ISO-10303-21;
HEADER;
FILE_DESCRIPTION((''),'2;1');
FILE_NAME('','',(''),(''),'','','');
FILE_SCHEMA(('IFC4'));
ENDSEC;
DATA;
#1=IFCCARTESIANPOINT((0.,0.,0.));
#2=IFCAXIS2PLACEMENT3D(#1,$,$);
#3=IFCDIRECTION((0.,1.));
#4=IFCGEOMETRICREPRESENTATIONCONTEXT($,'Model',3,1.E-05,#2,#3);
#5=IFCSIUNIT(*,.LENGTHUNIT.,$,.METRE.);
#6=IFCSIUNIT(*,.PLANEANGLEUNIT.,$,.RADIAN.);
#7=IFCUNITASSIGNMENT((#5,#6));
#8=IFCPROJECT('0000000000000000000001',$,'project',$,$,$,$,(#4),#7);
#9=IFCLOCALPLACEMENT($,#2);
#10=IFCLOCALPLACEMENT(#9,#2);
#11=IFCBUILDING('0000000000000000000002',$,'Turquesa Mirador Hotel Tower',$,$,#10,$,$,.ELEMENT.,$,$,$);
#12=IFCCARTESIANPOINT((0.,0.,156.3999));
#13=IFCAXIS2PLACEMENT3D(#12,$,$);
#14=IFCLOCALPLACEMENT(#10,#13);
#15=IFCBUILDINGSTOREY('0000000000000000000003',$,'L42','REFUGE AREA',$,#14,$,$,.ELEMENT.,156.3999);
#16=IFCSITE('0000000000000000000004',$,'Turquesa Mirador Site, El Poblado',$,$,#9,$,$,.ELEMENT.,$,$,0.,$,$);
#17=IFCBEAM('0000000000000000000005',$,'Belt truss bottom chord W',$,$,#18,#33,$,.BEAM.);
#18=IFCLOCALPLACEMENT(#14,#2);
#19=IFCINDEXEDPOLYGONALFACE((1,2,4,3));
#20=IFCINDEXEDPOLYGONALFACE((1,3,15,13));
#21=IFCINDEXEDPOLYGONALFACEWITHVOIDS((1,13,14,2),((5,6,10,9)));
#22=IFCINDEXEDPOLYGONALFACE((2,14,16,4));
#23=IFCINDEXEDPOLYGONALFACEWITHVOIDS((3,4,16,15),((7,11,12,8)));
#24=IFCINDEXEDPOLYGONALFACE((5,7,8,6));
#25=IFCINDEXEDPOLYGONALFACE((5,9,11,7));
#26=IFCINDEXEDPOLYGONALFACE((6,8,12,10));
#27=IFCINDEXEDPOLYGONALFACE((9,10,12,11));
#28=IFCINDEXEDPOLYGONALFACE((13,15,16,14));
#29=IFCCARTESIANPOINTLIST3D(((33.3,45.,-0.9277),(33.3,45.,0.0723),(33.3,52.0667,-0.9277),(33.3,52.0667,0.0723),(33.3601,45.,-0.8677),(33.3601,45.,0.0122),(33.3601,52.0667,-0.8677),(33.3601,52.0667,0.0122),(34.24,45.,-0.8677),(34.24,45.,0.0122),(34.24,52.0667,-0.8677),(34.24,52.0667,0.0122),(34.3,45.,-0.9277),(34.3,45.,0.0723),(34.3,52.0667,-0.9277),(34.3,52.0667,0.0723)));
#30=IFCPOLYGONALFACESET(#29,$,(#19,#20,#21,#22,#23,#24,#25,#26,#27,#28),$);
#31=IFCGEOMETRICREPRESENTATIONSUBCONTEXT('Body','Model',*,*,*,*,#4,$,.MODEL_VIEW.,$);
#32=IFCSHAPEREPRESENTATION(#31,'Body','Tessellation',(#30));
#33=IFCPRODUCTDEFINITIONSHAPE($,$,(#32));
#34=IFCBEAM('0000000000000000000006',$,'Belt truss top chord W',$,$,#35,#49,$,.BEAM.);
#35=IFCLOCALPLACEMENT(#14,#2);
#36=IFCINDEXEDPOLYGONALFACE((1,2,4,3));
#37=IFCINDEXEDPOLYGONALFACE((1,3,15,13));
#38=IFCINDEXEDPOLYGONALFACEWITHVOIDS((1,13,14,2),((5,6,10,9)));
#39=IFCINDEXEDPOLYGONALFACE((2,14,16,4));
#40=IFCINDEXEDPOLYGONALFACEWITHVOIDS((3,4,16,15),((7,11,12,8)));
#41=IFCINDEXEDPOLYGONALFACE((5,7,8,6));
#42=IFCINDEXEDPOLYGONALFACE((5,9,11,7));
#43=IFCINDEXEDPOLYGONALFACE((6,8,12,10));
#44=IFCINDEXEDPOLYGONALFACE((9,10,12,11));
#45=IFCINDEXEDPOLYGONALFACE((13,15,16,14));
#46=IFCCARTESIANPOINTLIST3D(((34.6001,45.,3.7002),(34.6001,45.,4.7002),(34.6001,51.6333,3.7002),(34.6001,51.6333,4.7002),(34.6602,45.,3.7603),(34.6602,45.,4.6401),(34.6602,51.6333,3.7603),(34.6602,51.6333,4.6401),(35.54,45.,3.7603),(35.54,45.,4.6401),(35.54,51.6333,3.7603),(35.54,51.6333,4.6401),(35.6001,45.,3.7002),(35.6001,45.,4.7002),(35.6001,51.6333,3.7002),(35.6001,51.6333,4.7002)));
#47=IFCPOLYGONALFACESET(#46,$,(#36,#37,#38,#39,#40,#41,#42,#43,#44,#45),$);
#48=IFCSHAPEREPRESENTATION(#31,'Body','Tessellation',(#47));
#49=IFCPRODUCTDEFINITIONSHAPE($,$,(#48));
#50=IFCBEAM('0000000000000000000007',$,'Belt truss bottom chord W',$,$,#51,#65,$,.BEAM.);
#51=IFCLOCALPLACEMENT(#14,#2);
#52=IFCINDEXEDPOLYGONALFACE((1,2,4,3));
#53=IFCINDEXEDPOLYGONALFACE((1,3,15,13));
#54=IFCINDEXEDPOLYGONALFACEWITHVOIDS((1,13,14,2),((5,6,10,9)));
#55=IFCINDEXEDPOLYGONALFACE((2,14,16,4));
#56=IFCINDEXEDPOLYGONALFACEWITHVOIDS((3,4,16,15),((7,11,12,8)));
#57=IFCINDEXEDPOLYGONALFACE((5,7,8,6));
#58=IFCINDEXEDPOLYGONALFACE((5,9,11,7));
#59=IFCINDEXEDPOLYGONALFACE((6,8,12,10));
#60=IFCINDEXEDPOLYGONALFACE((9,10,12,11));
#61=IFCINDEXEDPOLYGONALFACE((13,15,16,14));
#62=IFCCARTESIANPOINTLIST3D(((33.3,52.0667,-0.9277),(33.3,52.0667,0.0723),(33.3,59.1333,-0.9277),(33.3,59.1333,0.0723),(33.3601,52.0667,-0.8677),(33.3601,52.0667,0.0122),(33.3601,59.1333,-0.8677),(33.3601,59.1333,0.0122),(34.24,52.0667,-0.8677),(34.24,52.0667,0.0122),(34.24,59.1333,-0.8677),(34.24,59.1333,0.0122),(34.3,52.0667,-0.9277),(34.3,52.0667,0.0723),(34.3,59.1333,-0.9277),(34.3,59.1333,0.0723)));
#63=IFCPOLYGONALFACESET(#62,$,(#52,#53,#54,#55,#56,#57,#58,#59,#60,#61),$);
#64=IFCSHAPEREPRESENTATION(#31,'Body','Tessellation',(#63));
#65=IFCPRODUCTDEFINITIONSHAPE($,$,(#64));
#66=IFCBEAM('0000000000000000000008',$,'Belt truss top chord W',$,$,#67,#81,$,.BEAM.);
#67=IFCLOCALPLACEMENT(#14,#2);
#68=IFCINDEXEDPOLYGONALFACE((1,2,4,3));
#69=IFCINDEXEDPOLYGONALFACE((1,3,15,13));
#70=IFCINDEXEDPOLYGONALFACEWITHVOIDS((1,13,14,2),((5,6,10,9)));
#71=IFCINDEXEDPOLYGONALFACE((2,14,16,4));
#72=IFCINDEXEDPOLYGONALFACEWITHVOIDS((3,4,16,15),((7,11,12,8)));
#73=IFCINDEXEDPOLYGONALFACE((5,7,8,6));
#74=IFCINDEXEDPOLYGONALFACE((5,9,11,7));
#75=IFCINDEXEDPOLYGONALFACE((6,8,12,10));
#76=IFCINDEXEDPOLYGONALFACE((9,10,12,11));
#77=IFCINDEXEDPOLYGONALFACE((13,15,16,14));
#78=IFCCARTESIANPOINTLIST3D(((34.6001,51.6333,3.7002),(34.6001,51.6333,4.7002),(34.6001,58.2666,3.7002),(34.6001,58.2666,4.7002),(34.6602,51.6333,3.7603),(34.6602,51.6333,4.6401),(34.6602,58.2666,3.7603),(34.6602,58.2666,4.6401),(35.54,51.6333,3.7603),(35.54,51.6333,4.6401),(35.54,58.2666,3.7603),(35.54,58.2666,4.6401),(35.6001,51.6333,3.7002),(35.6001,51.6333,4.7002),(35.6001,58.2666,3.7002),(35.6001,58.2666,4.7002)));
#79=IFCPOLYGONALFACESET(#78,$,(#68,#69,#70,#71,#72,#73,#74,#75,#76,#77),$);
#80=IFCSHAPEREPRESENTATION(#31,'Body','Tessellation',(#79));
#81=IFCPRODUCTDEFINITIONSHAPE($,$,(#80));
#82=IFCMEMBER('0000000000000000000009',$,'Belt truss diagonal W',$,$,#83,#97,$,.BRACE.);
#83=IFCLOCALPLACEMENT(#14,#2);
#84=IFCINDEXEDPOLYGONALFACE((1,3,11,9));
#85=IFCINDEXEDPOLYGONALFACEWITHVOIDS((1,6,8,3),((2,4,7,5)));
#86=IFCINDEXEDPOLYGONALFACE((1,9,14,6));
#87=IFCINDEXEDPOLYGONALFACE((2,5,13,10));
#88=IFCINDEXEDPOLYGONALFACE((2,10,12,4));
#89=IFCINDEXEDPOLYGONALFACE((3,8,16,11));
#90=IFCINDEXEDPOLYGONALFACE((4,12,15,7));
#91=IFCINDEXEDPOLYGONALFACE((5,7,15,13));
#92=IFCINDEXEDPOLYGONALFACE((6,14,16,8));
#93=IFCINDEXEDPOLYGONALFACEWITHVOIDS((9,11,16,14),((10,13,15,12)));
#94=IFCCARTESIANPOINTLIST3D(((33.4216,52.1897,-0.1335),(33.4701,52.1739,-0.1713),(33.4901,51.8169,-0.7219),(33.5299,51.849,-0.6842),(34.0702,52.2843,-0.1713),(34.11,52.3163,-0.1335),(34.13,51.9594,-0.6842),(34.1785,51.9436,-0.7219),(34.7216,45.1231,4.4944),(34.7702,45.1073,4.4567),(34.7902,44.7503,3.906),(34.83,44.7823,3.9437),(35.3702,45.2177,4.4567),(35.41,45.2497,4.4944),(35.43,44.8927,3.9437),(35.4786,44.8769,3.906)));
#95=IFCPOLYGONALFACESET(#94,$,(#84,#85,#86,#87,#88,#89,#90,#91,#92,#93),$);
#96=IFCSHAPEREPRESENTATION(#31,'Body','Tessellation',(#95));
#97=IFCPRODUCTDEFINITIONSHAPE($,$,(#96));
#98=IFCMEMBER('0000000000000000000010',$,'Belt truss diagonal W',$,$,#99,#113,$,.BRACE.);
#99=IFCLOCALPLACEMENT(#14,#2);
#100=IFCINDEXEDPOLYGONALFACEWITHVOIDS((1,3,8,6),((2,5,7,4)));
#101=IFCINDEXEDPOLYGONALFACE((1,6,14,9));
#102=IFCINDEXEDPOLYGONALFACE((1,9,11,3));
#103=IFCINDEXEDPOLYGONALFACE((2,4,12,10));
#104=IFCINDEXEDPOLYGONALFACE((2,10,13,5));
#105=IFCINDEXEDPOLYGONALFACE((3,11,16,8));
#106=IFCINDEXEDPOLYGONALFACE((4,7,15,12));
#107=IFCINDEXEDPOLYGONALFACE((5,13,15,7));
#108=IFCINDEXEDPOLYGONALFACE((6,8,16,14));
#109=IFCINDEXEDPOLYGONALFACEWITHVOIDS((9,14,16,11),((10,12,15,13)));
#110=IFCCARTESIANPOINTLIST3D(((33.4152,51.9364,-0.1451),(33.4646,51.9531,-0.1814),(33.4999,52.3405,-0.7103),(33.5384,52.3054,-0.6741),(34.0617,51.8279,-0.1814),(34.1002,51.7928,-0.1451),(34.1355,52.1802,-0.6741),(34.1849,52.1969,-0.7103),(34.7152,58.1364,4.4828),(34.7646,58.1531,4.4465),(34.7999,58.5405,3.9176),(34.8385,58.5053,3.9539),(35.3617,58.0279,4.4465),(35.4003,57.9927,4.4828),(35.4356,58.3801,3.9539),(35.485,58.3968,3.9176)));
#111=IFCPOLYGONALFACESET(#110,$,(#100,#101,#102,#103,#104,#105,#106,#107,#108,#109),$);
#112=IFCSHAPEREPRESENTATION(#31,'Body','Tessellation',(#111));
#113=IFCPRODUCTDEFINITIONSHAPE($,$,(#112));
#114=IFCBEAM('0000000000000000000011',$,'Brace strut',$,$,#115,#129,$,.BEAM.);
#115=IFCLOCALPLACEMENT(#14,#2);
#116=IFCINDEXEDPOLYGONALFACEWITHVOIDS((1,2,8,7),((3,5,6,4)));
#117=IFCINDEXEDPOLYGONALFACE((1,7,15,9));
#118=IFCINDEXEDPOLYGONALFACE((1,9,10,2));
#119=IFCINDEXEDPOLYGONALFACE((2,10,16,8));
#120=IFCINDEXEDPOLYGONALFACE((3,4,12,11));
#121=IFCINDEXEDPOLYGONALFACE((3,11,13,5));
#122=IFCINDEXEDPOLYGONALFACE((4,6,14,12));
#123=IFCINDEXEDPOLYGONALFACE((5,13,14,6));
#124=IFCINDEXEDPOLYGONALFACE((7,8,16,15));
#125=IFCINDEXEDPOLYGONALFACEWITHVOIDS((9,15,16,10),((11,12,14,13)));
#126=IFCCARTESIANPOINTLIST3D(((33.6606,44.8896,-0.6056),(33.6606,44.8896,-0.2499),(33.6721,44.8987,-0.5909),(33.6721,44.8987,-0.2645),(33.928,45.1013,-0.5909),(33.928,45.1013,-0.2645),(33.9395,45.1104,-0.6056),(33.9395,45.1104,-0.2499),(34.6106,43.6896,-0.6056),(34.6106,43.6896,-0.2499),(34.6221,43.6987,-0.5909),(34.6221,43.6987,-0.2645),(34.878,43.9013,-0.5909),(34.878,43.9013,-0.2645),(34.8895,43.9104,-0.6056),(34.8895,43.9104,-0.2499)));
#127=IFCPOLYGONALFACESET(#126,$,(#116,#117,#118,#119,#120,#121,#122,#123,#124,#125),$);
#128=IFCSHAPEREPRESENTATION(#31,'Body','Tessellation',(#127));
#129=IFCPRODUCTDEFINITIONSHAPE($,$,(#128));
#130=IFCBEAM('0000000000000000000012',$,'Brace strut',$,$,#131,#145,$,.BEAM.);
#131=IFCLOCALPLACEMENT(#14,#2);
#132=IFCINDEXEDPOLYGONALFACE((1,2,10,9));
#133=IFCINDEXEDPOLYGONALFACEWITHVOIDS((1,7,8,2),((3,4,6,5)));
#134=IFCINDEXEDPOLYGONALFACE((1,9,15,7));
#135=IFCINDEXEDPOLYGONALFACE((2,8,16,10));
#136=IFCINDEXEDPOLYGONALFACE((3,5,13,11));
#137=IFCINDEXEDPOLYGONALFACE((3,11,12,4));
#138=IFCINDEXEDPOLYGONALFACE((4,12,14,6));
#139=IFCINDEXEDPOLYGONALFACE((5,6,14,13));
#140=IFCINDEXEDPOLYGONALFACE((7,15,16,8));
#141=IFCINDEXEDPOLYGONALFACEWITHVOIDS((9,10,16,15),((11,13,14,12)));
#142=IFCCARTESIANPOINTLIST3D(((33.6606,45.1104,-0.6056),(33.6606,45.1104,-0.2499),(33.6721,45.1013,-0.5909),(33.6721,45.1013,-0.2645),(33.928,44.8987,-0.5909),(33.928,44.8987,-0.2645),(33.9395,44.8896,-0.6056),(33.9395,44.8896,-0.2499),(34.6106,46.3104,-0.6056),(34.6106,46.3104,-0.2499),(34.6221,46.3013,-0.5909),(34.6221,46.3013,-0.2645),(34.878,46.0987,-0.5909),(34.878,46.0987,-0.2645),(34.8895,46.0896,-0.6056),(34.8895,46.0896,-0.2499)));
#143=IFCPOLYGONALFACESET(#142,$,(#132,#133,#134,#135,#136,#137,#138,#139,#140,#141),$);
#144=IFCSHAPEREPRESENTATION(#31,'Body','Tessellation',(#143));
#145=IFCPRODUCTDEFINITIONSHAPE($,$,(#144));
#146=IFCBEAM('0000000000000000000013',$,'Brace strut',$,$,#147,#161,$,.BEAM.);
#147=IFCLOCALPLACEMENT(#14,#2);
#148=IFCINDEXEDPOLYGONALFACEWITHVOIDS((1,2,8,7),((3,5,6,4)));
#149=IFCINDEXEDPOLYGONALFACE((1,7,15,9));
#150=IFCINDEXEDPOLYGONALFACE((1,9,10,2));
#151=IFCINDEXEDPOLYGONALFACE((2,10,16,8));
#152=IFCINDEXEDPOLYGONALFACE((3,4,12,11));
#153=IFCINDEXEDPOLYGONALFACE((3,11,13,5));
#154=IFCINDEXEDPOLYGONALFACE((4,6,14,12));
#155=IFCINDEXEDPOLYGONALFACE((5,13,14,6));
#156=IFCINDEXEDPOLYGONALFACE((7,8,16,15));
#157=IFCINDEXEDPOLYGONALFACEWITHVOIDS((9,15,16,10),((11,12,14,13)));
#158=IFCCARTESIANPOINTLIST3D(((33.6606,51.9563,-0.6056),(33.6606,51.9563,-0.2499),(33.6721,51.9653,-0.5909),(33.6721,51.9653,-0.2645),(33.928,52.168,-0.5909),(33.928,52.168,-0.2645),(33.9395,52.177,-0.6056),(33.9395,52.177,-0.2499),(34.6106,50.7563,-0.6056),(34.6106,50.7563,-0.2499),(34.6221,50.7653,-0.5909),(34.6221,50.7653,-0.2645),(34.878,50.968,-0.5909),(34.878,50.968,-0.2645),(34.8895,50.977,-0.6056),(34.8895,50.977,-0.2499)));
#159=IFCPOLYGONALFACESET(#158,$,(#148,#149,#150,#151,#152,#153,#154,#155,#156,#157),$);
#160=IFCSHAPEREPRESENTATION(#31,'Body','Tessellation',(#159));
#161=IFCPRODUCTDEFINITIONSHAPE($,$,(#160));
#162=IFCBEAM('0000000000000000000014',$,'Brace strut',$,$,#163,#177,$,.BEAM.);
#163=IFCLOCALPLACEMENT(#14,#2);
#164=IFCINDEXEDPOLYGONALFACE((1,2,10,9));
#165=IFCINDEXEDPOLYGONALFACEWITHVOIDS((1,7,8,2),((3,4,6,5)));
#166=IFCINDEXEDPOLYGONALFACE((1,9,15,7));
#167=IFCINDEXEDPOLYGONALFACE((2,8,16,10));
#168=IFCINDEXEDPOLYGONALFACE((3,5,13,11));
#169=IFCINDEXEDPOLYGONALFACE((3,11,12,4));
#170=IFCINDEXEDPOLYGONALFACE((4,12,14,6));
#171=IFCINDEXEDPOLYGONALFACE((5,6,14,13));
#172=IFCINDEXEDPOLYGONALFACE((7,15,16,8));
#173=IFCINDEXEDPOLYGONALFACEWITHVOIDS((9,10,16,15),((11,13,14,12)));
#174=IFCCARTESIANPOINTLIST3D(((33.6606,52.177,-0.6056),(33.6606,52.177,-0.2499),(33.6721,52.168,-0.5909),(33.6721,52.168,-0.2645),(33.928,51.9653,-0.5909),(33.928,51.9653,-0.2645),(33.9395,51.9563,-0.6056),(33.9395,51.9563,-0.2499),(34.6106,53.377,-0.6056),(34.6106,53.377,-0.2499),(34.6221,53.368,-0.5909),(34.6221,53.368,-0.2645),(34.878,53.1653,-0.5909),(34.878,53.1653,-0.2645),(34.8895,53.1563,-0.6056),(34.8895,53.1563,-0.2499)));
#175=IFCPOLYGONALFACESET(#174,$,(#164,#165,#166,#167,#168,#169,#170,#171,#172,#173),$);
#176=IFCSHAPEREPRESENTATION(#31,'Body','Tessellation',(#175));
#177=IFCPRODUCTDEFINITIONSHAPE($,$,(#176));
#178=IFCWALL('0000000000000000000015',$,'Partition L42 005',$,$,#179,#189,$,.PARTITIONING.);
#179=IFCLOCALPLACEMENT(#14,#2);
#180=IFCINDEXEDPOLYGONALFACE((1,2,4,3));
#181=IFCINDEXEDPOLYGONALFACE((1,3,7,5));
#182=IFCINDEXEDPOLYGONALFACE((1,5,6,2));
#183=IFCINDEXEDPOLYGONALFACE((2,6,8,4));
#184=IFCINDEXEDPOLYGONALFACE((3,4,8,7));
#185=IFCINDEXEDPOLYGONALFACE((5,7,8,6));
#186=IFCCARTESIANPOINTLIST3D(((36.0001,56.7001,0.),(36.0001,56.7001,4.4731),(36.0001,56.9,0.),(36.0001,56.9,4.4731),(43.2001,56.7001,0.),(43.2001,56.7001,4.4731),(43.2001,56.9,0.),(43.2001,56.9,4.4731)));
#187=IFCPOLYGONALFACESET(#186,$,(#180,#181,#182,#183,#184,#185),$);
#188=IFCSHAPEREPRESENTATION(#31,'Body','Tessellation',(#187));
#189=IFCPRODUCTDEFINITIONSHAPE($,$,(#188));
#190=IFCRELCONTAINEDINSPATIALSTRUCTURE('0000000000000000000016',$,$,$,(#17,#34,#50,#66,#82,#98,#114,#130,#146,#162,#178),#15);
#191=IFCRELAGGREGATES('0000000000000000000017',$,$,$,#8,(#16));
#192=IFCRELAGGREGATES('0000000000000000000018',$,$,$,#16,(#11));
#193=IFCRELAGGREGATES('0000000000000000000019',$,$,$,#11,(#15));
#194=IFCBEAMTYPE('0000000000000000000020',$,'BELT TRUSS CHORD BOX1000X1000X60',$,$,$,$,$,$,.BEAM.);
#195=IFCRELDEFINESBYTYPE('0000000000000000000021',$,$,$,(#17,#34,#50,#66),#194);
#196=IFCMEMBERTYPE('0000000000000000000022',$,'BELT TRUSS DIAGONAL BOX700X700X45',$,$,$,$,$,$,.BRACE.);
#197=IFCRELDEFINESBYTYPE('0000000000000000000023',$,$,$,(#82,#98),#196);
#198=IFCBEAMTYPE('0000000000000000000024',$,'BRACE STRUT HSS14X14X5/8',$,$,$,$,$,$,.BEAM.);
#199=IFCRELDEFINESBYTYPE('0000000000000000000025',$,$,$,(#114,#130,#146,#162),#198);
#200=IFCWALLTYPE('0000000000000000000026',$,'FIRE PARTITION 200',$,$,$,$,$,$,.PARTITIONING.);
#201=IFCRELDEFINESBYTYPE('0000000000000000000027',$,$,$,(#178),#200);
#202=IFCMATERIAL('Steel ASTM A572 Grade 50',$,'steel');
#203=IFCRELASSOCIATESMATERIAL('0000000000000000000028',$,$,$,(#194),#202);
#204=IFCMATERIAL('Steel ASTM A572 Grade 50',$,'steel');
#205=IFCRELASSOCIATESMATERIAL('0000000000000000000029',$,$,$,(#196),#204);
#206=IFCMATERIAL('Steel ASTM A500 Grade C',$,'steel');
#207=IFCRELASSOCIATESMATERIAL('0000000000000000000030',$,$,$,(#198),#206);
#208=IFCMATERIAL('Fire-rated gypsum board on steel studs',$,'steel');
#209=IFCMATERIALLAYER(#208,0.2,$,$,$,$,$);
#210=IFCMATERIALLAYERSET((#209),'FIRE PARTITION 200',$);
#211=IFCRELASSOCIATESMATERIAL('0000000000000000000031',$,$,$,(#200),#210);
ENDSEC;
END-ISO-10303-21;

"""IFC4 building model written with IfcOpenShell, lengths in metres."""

from ifc_helpers import new_model, si_unit, direction, frame, frame_2d, origin, origin_2d, place, context, subcontext, project, spatial, rectangle, hollow_rectangle, extrude, material, layer, layer_set, material_profile, profile_set, type_object, element, save


model = new_model("IFC4")

# Units and contexts
model_context = context("Model", 3, precision=1e-05, world=origin(), true_north=direction((0.0, 1.0)))
body_context = subcontext(model_context, "Body", "Model", "MODEL_VIEW")
ifc_project = project(units=[si_unit("LENGTHUNIT", "METRE"), si_unit("PLANEANGLEUNIT", "RADIAN")], contexts=[model_context])

# Site, building, storey
site_placement = place(None, origin())
site = spatial("IfcSite", under=ifc_project, at=site_placement, Name="Turquesa Mirador Site, El Poblado", CompositionType="ELEMENT", RefElevation=0.0)
building_placement = place(site_placement, origin())
building = spatial("IfcBuilding", under=site, at=building_placement, Name="Turquesa Mirador Hotel Tower", CompositionType="ELEMENT")
storey_placement = place(building_placement, frame((0.0, 0.0, 156.3999)))
storey = spatial("IfcBuildingStorey", under=building, at=storey_placement, Name="L42", Description="REFUGE AREA", CompositionType="ELEMENT", Elevation=156.3999)

# Beams
ifc_material_1 = material(Name="Steel ASTM A572 Grade 50", Category="steel")
ifc_material_profile_1 = material_profile(ifc_material_1, hollow_rectangle(XDim=1.0, YDim=1.0, WallThickness=0.0601, at=origin_2d()), Name="BOX1000X1000X60")
ifc_profile_set_1 = profile_set([ifc_material_profile_1], Name="Steel ASTM A572 Grade 50")
beam_type_1 = type_object("IfcBeamType", Name="BELT TRUSS CHORD BOX1000X1000X60", PredefinedType="BEAM", material=ifc_profile_set_1)
beam_1_placement = place(storey_placement, frame((33.8, 45.0, -0.4277), z_axis=(0.0, 1.0, 0.0), x_axis=(-1.0, 0.0, 0.0)))
element("IfcBeam", 1, at=beam_1_placement, inside=storey, type_object=beam_type_1, Name="Belt truss bottom chord W", PredefinedType="BEAM", context=body_context, shape_type="SweptSolid", body=[
    extrude(hollow_rectangle(XDim=1.0, YDim=1.0, WallThickness=0.0601, at=origin_2d()), origin(), (0.0, 0.0, 1.0), 7.0667),
])
beam_2_placement = place(storey_placement, frame((35.1001, 45.0, 4.2002), z_axis=(0.0, 1.0, 0.0), x_axis=(-1.0, 0.0, 0.0)))
element("IfcBeam", 2, at=beam_2_placement, inside=storey, type_object=beam_type_1, Name="Belt truss top chord W", PredefinedType="BEAM", context=body_context, shape_type="SweptSolid", body=[
    extrude(hollow_rectangle(XDim=1.0, YDim=1.0, WallThickness=0.0601, at=origin_2d()), origin(), (0.0, 0.0, 1.0), 6.6333),
])
beam_3_placement = place(storey_placement, frame((33.8, 52.0667, -0.4277), z_axis=(0.0, 1.0, 0.0), x_axis=(-1.0, 0.0, 0.0)))
element("IfcBeam", 3, at=beam_3_placement, inside=storey, type_object=beam_type_1, Name="Belt truss bottom chord W", PredefinedType="BEAM", context=body_context, shape_type="SweptSolid", body=[
    extrude(hollow_rectangle(XDim=1.0, YDim=1.0, WallThickness=0.0601, at=origin_2d()), origin(), (0.0, 0.0, 1.0), 7.0667),
])
beam_4_placement = place(storey_placement, frame((35.1001, 51.6333, 4.2002), z_axis=(0.0, 1.0, 0.0), x_axis=(-1.0, 0.0, 0.0)))
element("IfcBeam", 4, at=beam_4_placement, inside=storey, type_object=beam_type_1, Name="Belt truss top chord W", PredefinedType="BEAM", context=body_context, shape_type="SweptSolid", body=[
    extrude(hollow_rectangle(XDim=1.0, YDim=1.0, WallThickness=0.0601, at=origin_2d()), origin(), (0.0, 0.0, 1.0), 6.6333),
])

# Members
ifc_material_2 = material(Name="Steel ASTM A572 Grade 50", Category="steel")
ifc_material_profile_2 = material_profile(ifc_material_2, hollow_rectangle(XDim=0.7, YDim=0.7, WallThickness=0.0449, at=origin_2d()), Name="BOX700X700X45")
ifc_profile_set_2 = profile_set([ifc_material_profile_2], Name="Steel ASTM A572 Grade 50")
member_type = type_object("IfcMemberType", Name="BELT TRUSS DIAGONAL BOX700X700X45", PredefinedType="BRACE", material=ifc_profile_set_2)
member_1_placement = place(storey_placement, frame((35.1001, 45.0, 4.2002), z_axis=(-0.152112, 0.826832, -0.54149), x_axis=(-0.983495, -0.180933, 0.0)))
element("IfcMember", 5, at=member_1_placement, inside=storey, type_object=member_type, Name="Belt truss diagonal W", PredefinedType="BRACE", context=body_context, shape_type="SweptSolid", body=[
    extrude(hollow_rectangle(XDim=0.7, YDim=0.7, WallThickness=0.0449, at=origin_2d()), origin(), (0.0, 0.0, 1.0), 8.5466),
])
member_2_placement = place(storey_placement, frame((33.8, 52.0667, -0.4277), z_axis=(0.165713, 0.790285, 0.589905), x_axis=(-0.978715, 0.205224, 0.0)))
element("IfcMember", 6, at=member_2_placement, inside=storey, type_object=member_type, Name="Belt truss diagonal W", PredefinedType="BRACE", context=body_context, shape_type="SweptSolid", body=[
    extrude(hollow_rectangle(XDim=0.7, YDim=0.7, WallThickness=0.0449, at=origin_2d()), origin(), (0.0, 0.0, 1.0), 7.8452),
])

# Beams
ifc_material_3 = material(Name="Steel ASTM A500 Grade C", Category="steel")
ifc_material_profile_3 = material_profile(ifc_material_3, hollow_rectangle(XDim=0.3557, YDim=0.3557, WallThickness=0.0146, at=origin_2d()), Name="HSS14X14X5/8")
ifc_profile_set_3 = profile_set([ifc_material_profile_3], Name="Steel ASTM A500 Grade C")
beam_type_2 = type_object("IfcBeamType", Name="BRACE STRUT HSS14X14X5/8", PredefinedType="BEAM", material=ifc_profile_set_3)
for number, where, z_axis, x_axis, name in (
    (7, (33.8, 45.0, -0.4277), (0.620699, -0.784049, 0.0), (0.784049, 0.620699, 0.0), "Brace strut"),
    (8, (33.8, 45.0, -0.4277), (0.620699, 0.784049, 0.0), (-0.784049, 0.620699, 0.0), "Brace strut"),
    (9, (33.8, 52.0667, -0.4277), (0.620699, -0.784049, 0.0), (0.784049, 0.620699, 0.0), "Brace strut"),
    (10, (33.8, 52.0667, -0.4277), (0.620699, 0.784049, 0.0), (-0.784049, 0.620699, 0.0), "Brace strut"),
):
    element("IfcBeam", number, at=place(storey_placement, frame(where, z_axis=z_axis, x_axis=x_axis)), inside=storey, type_object=beam_type_2, Name=name, PredefinedType="BEAM", context=body_context, shape_type="SweptSolid", body=[
        extrude(hollow_rectangle(XDim=0.3557, YDim=0.3557, WallThickness=0.0146, at=origin_2d()), origin(), (0.0, 0.0, 1.0), 1.5305),
    ])

# Wall
ifc_material_4 = material(Name="Fire-rated gypsum board on steel studs", Category="steel")
ifc_layer = layer(ifc_material_4, 0.2)
ifc_layer_set = layer_set([ifc_layer], Name="FIRE PARTITION 200")
wall_type = type_object("IfcWallType", Name="FIRE PARTITION 200", PredefinedType="PARTITIONING", material=ifc_layer_set)
wall_placement = place(storey_placement, frame((36.0, 56.8, 0.0), z_axis=(0.0, 0.0, 1.0), x_axis=(1.0, 0.0, 0.0)))
element("IfcWall", 11, at=wall_placement, inside=storey, type_object=wall_type, Name="Partition L42 005", PredefinedType="PARTITIONING", context=body_context, shape_type="SweptSolid", body=[
    extrude(rectangle(XDim=7.2, YDim=0.2, at=frame_2d((3.6001, 0.0))), origin(), (0.0, 0.0, 1.0), 4.4731),
])

save(model, "model.ifc")
